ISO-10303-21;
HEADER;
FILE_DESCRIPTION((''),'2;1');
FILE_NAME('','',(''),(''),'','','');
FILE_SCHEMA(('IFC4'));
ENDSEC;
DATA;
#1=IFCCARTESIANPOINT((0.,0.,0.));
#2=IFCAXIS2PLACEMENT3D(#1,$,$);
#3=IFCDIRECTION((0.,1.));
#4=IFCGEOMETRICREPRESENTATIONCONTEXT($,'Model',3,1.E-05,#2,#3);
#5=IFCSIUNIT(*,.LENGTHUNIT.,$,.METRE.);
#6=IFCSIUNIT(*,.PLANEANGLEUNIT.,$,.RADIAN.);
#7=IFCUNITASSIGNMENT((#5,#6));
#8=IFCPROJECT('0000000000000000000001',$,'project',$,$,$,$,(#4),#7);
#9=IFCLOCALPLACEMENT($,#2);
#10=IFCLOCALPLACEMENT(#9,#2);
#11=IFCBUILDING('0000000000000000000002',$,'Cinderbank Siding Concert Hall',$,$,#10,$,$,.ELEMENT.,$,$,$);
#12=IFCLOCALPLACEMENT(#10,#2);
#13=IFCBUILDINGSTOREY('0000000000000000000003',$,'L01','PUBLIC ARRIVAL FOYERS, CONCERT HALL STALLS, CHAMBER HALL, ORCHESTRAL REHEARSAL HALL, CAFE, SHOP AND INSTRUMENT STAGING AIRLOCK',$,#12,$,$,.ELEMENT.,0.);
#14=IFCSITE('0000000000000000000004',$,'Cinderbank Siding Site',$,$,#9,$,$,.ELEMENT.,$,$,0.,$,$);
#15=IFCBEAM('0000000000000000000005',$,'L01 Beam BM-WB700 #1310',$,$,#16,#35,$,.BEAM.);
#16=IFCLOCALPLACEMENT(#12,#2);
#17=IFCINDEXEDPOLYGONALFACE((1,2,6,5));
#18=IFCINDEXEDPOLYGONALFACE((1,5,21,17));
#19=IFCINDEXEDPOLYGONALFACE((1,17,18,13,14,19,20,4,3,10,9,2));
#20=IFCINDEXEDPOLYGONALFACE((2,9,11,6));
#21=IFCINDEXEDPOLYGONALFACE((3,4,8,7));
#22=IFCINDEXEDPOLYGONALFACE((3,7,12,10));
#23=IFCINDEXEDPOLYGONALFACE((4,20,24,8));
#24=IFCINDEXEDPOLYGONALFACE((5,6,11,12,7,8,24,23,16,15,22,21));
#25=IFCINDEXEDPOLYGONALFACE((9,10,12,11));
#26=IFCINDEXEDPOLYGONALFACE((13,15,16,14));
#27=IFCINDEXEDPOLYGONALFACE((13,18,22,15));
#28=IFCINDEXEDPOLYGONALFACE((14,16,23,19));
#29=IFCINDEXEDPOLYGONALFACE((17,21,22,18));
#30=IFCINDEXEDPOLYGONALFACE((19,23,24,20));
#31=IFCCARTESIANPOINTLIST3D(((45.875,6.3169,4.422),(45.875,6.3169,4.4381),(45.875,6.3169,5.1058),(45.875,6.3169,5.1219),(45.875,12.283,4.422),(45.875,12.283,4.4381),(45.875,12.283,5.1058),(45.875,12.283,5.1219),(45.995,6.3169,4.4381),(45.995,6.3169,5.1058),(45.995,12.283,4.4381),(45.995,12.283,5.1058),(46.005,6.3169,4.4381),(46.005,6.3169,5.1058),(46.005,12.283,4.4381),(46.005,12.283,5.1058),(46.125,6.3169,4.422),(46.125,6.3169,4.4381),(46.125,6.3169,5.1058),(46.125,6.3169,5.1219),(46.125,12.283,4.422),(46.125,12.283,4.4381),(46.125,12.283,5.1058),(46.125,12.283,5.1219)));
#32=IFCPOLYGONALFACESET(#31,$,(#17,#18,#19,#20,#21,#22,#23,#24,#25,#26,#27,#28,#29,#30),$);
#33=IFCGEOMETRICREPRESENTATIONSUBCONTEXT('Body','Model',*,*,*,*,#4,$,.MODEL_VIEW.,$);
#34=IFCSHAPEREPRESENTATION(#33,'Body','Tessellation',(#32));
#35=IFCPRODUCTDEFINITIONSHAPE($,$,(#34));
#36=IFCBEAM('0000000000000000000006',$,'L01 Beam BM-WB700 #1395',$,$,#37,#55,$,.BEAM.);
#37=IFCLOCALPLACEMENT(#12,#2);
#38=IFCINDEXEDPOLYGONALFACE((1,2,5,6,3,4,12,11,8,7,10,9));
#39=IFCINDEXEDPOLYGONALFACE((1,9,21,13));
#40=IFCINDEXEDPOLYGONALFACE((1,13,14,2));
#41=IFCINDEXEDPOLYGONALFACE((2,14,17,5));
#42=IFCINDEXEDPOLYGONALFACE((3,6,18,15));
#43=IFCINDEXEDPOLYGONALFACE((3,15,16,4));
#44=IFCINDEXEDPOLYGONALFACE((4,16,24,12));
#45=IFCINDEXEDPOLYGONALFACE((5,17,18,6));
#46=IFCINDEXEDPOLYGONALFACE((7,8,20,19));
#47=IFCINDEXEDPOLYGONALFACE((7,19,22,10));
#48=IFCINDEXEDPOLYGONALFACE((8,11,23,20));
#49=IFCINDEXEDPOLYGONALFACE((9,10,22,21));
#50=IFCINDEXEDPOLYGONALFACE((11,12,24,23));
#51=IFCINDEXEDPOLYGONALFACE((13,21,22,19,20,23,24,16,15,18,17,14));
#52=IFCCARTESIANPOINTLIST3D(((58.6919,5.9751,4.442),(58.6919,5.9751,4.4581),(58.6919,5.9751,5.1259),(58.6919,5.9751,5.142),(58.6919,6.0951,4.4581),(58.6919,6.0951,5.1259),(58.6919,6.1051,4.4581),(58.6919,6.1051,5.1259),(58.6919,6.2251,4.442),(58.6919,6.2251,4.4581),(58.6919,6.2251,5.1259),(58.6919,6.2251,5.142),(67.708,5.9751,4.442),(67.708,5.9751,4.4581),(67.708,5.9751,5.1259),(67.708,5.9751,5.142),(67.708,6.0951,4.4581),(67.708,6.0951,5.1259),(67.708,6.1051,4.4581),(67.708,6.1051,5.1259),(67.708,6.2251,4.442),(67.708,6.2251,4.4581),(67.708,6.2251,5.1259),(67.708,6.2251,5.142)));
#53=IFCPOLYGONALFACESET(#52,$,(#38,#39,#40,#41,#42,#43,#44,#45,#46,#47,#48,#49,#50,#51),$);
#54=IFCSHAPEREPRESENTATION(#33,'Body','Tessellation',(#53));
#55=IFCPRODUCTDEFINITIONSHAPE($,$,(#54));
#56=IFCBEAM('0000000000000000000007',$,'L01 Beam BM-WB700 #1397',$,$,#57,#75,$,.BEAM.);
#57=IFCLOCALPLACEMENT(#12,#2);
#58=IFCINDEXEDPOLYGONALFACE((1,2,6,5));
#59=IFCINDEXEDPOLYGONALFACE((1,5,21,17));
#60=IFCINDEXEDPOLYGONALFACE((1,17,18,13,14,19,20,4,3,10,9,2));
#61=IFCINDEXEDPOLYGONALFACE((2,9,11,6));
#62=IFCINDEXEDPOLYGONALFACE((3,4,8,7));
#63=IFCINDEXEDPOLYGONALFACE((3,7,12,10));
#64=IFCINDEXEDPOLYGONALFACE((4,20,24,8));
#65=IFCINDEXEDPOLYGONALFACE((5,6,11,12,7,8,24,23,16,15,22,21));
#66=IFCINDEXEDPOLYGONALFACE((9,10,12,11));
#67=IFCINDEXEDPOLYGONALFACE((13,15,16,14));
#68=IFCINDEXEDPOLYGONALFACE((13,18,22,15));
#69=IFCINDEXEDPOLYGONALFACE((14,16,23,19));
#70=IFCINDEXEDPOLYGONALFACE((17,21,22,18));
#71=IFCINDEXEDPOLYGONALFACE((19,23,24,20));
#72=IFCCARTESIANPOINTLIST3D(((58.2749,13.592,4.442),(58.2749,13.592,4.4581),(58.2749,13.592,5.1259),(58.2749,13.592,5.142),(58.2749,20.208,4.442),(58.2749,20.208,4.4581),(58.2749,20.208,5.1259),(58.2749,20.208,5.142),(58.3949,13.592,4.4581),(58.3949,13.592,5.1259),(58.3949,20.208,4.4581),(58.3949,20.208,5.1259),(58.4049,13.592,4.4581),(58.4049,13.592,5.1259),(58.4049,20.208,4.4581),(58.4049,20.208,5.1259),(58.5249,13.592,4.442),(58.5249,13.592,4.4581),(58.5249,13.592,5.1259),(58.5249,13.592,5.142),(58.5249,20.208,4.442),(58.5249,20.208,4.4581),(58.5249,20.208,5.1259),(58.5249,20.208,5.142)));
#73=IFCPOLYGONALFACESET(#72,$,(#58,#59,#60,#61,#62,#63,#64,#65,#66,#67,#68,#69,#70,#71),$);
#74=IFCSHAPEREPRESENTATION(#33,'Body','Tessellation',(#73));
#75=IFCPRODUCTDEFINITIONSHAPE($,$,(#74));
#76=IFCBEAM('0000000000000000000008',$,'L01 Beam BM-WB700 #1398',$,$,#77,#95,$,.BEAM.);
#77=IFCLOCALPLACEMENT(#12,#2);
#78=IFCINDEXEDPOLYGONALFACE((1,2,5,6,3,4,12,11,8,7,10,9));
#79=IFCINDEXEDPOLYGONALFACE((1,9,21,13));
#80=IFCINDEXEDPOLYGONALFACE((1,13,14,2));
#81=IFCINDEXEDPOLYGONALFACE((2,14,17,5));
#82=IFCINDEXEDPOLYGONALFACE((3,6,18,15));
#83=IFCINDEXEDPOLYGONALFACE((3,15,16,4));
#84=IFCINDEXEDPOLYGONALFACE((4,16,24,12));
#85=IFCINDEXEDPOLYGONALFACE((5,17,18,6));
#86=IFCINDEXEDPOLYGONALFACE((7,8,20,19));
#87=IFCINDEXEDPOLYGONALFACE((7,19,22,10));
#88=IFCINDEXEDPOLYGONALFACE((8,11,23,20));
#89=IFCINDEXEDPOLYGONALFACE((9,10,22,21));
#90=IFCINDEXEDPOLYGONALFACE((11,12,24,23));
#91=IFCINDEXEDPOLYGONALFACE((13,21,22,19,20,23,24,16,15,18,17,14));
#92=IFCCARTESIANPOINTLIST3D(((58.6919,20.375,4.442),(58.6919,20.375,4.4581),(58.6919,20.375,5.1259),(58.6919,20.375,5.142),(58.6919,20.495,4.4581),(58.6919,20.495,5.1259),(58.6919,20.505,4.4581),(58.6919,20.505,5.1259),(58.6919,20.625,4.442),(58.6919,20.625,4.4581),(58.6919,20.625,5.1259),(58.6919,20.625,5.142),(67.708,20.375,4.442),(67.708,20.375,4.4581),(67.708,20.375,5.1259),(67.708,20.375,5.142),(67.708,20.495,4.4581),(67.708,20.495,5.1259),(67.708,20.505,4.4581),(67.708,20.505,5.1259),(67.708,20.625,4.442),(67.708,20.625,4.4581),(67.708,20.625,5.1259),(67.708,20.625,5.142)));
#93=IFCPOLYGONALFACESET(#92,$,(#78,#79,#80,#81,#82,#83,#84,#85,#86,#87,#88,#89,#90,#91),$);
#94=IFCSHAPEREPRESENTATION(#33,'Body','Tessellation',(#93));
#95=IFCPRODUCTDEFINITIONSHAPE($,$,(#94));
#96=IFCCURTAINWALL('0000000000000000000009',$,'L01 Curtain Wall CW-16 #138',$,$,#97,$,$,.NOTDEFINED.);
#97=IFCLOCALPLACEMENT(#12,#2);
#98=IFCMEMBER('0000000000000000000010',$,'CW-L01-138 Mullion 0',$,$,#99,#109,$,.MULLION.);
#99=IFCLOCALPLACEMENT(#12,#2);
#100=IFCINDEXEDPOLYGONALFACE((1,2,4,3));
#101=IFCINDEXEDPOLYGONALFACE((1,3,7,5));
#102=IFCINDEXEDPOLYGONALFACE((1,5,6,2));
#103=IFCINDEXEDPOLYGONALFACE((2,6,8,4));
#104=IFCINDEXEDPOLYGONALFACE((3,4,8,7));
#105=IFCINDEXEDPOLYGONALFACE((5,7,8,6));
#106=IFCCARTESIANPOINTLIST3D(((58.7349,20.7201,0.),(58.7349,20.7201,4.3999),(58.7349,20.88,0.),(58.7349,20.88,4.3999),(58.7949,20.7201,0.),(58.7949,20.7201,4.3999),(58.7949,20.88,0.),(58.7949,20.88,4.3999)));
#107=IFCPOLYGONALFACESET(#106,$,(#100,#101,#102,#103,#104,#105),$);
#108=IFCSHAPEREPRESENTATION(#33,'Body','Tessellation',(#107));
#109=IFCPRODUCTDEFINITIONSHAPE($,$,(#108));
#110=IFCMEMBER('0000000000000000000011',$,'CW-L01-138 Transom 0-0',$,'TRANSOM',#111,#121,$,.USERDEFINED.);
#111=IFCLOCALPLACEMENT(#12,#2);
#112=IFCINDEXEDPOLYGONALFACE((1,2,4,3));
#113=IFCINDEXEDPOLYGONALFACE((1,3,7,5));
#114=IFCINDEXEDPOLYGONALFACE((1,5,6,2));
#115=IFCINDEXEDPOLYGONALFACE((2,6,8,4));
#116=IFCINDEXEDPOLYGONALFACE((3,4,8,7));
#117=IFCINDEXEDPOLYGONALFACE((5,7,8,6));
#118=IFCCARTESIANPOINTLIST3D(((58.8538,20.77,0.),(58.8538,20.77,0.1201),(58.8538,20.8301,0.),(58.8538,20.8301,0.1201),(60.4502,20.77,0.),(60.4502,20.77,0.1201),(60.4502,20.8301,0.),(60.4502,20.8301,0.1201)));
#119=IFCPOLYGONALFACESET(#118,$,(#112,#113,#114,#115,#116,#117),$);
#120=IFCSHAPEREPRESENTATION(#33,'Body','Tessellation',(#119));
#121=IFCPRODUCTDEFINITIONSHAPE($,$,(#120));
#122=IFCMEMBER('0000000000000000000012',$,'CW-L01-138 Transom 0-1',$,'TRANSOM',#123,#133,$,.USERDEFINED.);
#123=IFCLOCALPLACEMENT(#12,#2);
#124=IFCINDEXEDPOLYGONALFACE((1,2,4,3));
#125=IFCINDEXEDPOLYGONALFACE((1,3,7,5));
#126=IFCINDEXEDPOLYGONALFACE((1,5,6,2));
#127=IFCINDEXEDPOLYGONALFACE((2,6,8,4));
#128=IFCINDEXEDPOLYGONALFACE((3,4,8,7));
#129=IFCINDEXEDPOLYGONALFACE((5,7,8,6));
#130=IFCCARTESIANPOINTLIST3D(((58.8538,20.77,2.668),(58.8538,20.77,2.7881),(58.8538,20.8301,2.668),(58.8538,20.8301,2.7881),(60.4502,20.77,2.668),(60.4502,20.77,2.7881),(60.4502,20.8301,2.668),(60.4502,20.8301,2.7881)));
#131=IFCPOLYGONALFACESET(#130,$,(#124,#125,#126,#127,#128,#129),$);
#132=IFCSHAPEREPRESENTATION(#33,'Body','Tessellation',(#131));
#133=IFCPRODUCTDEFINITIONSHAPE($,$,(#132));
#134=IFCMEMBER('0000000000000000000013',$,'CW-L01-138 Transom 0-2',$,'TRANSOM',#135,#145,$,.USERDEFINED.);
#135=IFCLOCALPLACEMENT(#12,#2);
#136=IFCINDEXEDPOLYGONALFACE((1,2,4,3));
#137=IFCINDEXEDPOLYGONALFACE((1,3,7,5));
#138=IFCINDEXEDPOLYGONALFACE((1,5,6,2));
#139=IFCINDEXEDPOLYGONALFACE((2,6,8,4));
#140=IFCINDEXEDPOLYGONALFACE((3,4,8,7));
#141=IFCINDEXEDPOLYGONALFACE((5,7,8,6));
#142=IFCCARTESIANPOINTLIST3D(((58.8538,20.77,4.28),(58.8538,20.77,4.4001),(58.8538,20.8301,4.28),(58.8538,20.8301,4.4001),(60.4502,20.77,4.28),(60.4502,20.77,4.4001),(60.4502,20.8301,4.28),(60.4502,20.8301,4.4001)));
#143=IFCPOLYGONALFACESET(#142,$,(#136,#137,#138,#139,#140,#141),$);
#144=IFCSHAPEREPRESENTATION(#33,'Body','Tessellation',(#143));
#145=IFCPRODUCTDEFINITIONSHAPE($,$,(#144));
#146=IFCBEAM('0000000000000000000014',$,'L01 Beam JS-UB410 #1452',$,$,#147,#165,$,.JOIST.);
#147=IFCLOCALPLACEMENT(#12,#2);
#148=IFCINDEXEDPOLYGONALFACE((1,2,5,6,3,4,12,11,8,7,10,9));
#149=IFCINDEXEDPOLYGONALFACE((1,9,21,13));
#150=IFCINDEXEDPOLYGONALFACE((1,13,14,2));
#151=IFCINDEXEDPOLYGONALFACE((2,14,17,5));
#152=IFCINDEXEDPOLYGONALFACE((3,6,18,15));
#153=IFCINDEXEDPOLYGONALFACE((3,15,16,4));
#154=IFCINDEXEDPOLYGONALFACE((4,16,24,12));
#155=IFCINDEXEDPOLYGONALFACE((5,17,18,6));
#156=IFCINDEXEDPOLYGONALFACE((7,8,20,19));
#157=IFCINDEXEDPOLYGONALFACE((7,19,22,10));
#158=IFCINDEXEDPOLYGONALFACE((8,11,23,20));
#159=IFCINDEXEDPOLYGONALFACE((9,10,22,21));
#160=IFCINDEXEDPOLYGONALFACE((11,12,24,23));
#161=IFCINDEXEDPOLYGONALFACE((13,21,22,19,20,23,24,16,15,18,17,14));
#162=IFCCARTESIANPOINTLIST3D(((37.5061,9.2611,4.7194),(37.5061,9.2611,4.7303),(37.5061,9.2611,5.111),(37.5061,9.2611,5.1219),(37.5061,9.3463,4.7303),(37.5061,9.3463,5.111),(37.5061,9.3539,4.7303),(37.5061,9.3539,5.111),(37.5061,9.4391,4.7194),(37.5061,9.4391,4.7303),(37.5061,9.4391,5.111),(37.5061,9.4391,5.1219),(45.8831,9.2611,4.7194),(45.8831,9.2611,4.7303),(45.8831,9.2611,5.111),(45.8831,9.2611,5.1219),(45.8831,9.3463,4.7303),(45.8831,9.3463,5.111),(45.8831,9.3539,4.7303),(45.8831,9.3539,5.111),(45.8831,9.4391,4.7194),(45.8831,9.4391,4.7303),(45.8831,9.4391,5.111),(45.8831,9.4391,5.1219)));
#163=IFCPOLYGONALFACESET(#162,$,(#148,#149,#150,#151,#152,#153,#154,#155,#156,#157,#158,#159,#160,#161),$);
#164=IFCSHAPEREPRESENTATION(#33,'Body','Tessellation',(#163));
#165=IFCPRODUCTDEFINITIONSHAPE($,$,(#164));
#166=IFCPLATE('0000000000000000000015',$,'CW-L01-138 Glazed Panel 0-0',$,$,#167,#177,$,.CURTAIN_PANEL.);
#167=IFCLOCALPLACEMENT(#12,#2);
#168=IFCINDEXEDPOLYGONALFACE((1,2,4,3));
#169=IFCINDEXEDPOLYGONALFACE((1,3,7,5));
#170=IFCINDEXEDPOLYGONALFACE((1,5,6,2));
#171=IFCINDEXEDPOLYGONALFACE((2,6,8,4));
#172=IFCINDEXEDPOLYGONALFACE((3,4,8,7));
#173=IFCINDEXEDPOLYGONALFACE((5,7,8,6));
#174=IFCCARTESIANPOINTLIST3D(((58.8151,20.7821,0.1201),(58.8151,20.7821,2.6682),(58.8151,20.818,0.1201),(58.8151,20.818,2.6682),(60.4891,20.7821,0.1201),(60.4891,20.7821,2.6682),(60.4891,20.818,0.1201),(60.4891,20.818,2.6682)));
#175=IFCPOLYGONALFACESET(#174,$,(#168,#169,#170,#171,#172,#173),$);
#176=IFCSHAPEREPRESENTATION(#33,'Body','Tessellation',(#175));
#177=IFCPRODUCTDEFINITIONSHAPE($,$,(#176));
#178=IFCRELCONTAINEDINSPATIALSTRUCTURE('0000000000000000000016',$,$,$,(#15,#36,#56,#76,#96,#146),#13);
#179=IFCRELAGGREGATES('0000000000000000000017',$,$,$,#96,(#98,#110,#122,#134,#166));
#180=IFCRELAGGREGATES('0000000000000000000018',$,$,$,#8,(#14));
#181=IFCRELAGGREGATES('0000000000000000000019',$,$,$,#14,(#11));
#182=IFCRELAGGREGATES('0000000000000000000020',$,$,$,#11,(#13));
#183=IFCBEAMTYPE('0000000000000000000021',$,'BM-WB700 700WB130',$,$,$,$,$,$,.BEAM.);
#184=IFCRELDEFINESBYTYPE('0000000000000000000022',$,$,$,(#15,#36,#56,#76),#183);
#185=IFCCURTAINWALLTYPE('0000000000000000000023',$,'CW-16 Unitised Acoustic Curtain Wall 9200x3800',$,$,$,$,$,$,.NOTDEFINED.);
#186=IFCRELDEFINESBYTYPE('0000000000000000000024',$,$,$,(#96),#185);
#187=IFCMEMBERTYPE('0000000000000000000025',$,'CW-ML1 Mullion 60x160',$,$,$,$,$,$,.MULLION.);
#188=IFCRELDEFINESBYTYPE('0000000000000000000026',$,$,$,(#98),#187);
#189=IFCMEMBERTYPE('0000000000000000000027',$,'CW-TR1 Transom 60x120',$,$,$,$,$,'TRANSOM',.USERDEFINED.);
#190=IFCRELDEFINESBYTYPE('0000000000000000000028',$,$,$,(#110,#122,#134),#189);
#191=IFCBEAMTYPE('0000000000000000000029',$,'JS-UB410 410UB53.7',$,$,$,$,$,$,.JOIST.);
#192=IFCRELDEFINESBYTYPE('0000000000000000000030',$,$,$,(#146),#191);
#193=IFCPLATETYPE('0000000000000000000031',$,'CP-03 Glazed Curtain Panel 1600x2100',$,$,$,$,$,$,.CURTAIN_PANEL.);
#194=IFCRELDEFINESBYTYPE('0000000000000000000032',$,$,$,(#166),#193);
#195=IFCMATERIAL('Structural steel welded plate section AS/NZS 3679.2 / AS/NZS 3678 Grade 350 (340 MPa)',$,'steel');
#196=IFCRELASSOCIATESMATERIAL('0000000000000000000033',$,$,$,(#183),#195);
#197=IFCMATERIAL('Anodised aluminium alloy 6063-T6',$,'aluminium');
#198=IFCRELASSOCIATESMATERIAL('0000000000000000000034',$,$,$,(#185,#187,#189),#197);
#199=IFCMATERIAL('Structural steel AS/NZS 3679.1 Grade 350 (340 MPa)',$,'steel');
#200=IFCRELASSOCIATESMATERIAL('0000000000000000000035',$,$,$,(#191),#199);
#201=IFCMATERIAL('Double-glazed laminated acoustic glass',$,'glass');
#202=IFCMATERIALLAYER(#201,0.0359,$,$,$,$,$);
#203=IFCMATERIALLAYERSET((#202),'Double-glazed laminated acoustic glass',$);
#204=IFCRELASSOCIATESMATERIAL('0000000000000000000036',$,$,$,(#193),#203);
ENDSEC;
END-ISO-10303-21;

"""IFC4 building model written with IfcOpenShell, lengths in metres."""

from ifc_helpers import new_model, si_unit, direction, frame, origin, origin_2d, place, context, subcontext, project, spatial, rectangle, i_section, extrude, material, layer, layer_set, material_profile, profile_set, type_object, element, aggregate, save


model = new_model("IFC4")

# Units and contexts
model_context = context("Model", 3, precision=1e-05, world=origin(), true_north=direction((0.0, 1.0)))
body_context = subcontext(model_context, "Body", "Model", "MODEL_VIEW")
ifc_project = project(units=[si_unit("LENGTHUNIT", "METRE"), si_unit("PLANEANGLEUNIT", "RADIAN")], contexts=[model_context])

# Site, building, storey
site_placement = place(None, origin())
site = spatial("IfcSite", under=ifc_project, at=site_placement, Name="Cinderbank Siding Site", CompositionType="ELEMENT", RefElevation=0.0)
building_placement = place(site_placement, origin())
building = spatial("IfcBuilding", under=site, at=building_placement, Name="Cinderbank Siding Concert Hall", CompositionType="ELEMENT")
storey_placement = place(building_placement, origin())
storey = spatial("IfcBuildingStorey", under=building, at=storey_placement, Name="L01", Description="PUBLIC ARRIVAL FOYERS, CONCERT HALL STALLS, CHAMBER HALL, ORCHESTRAL REHEARSAL HALL, CAFE, SHOP AND INSTRUMENT STAGING AIRLOCK", CompositionType="ELEMENT", Elevation=0.0)

# Beams
ifc_material_1 = material(Name="Structural steel AS/NZS 3679.1 Grade 350 (340 MPa)", Category="steel")
ifc_material_2 = material(Name="Structural steel welded plate section AS/NZS 3679.2 / AS/NZS 3678 Grade 350 (340 MPa)", Category="steel")
ifc_material_profile_1 = material_profile(ifc_material_2, i_section(OverallWidth=0.25, OverallDepth=0.7, WebThickness=0.01, FlangeThickness=0.0161, at=origin_2d()), Name="700WB130", Category="LoadBearing")
ifc_profile_set_1 = profile_set([ifc_material_profile_1], Name="Structural steel welded plate section AS/NZS 3679.2 / AS/NZS 3678 Grade 350 (340 MPa)")
beam_type_1 = type_object("IfcBeamType", Name="BM-WB700 700WB130", PredefinedType="BEAM", material=ifc_profile_set_1)
beam_1_placement = place(storey_placement, frame((46.0, 6.3169, 4.772), z_axis=(0.0, 1.0, 0.0), x_axis=(-1.0, 0.0, 0.0)))
element("IfcBeam", 1, at=beam_1_placement, inside=storey, type_object=beam_type_1, Name="L01 Beam BM-WB700 #1310", PredefinedType="BEAM", context=body_context, shape_type="SweptSolid", body=[
    extrude(i_section(OverallWidth=0.25, OverallDepth=0.7, WebThickness=0.01, FlangeThickness=0.0161, at=origin_2d()), origin(), (0.0, 0.0, 1.0), 5.9661),
])
beam_2_placement = place(storey_placement, frame((58.6919, 6.1001, 4.792), z_axis=(1.0, 0.0, 0.0), x_axis=(0.0, 1.0, 0.0)))
element("IfcBeam", 2, at=beam_2_placement, inside=storey, type_object=beam_type_1, Name="L01 Beam BM-WB700 #1395", PredefinedType="BEAM", context=body_context, shape_type="SweptSolid", body=[
    extrude(i_section(OverallWidth=0.25, OverallDepth=0.7, WebThickness=0.01, FlangeThickness=0.0161, at=origin_2d()), origin(), (0.0, 0.0, 1.0), 9.0161),
])
beam_3_placement = place(storey_placement, frame((58.3999, 13.592, 4.792), z_axis=(0.0, 1.0, 0.0), x_axis=(-1.0, 0.0, 0.0)))
element("IfcBeam", 3, at=beam_3_placement, inside=storey, type_object=beam_type_1, Name="L01 Beam BM-WB700 #1397", PredefinedType="BEAM", context=body_context, shape_type="SweptSolid", body=[
    extrude(i_section(OverallWidth=0.25, OverallDepth=0.7, WebThickness=0.01, FlangeThickness=0.0161, at=origin_2d()), origin(), (0.0, 0.0, 1.0), 6.616),
])
beam_4_placement = place(storey_placement, frame((58.6919, 20.5, 4.792), z_axis=(1.0, 0.0, 0.0), x_axis=(0.0, 1.0, 0.0)))
element("IfcBeam", 4, at=beam_4_placement, inside=storey, type_object=beam_type_1, Name="L01 Beam BM-WB700 #1398", PredefinedType="BEAM", context=body_context, shape_type="SweptSolid", body=[
    extrude(i_section(OverallWidth=0.25, OverallDepth=0.7, WebThickness=0.01, FlangeThickness=0.0161, at=origin_2d()), origin(), (0.0, 0.0, 1.0), 9.0161),
])

# Curtain wall, members
ifc_material_3 = material(Name="Anodised aluminium alloy 6063-T6", Category="aluminium")
curtain_wall_type = type_object("IfcCurtainWallType", Name="CW-16 Unitised Acoustic Curtain Wall 9200x3800", PredefinedType="NOTDEFINED", material=ifc_material_3)
curtain_wall_placement = place(storey_placement, origin())
curtain_wall = element("IfcCurtainWall", 5, at=curtain_wall_placement, inside=storey, type_object=curtain_wall_type, Name="L01 Curtain Wall CW-16 #138", PredefinedType="NOTDEFINED")
ifc_material_profile_2 = material_profile(ifc_material_3, rectangle(XDim=0.0601, YDim=0.1599, at=origin_2d()), Name="ALU-MULL-60x160", Category="LoadBearing")
ifc_profile_set_2 = profile_set([ifc_material_profile_2], Name="Anodised aluminium alloy 6063-T6")
member_type_1 = type_object("IfcMemberType", Name="CW-ML1 Mullion 60x160", PredefinedType="MULLION", material=ifc_profile_set_2)
member_1_placement = place(storey_placement, frame((58.7649, 20.8, 0.0), z_axis=(0.0, 0.0, 1.0), x_axis=(1.0, 0.0, 0.0)))
member_1 = element("IfcMember", 6, at=member_1_placement, type_object=member_type_1, Name="CW-L01-138 Mullion 0", PredefinedType="MULLION", context=body_context, shape_type="SweptSolid", body=[
    extrude(rectangle(XDim=0.0601, YDim=0.1599, at=origin_2d()), origin(), (0.0, 0.0, 1.0), 4.3999),
])
ifc_material_profile_3 = material_profile(ifc_material_3, rectangle(XDim=0.0601, YDim=0.1201, at=origin_2d()), Name="ALU-TRAN-60x120", Category="LoadBearing")
ifc_profile_set_3 = profile_set([ifc_material_profile_3], Name="Anodised aluminium alloy 6063-T6")
member_type_2 = type_object("IfcMemberType", Name="CW-TR1 Transom 60x120", ElementType="TRANSOM", PredefinedType="USERDEFINED", material=ifc_profile_set_3)
member_2_placement = place(storey_placement, frame((58.8538, 20.8, 0.0601), z_axis=(1.0, 0.0, 0.0), x_axis=(0.0, 1.0, 0.0)))
member_2 = element("IfcMember", 7, at=member_2_placement, type_object=member_type_2, Name="CW-L01-138 Transom 0-0", ObjectType="TRANSOM", PredefinedType="USERDEFINED", context=body_context, shape_type="SweptSolid", body=[
    extrude(rectangle(XDim=0.0601, YDim=0.1201, at=origin_2d()), origin(), (0.0, 0.0, 1.0), 1.5964),
])
member_3_placement = place(storey_placement, frame((58.8538, 20.8, 2.728), z_axis=(1.0, 0.0, 0.0), x_axis=(0.0, 1.0, 0.0)))
member_3 = element("IfcMember", 8, at=member_3_placement, type_object=member_type_2, Name="CW-L01-138 Transom 0-1", ObjectType="TRANSOM", PredefinedType="USERDEFINED", context=body_context, shape_type="SweptSolid", body=[
    extrude(rectangle(XDim=0.0601, YDim=0.1201, at=origin_2d()), origin(), (0.0, 0.0, 1.0), 1.5964),
])
member_4_placement = place(storey_placement, frame((58.8538, 20.8, 4.3401), z_axis=(1.0, 0.0, 0.0), x_axis=(0.0, 1.0, 0.0)))
member_4 = element("IfcMember", 9, at=member_4_placement, type_object=member_type_2, Name="CW-L01-138 Transom 0-2", ObjectType="TRANSOM", PredefinedType="USERDEFINED", context=body_context, shape_type="SweptSolid", body=[
    extrude(rectangle(XDim=0.0601, YDim=0.1201, at=origin_2d()), origin(), (0.0, 0.0, 1.0), 1.5964),
])

# Beam
ifc_material_profile_4 = material_profile(ifc_material_1, i_section(OverallWidth=0.178, OverallDepth=0.4026, WebThickness=0.0076, FlangeThickness=0.011, at=origin_2d()), Name="410UB53.7", Category="LoadBearing")
ifc_profile_set_4 = profile_set([ifc_material_profile_4], Name="Structural steel AS/NZS 3679.1 Grade 350 (340 MPa)")
beam_type_2 = type_object("IfcBeamType", Name="JS-UB410 410UB53.7", PredefinedType="JOIST", material=ifc_profile_set_4)
beam_5_placement = place(storey_placement, frame((37.5061, 9.3501, 4.9207), z_axis=(1.0, 0.0, 0.0), x_axis=(0.0, 1.0, 0.0)))
element("IfcBeam", 10, at=beam_5_placement, inside=storey, type_object=beam_type_2, Name="L01 Beam JS-UB410 #1452", PredefinedType="JOIST", context=body_context, shape_type="SweptSolid", body=[
    extrude(i_section(OverallWidth=0.178, OverallDepth=0.4026, WebThickness=0.0076, FlangeThickness=0.011, at=origin_2d()), origin(), (0.0, 0.0, 1.0), 8.377),
])

# Plate
ifc_material_4 = material(Name="Double-glazed laminated acoustic glass", Category="glass")
ifc_layer_1 = layer(ifc_material_4, 0.0359)
ifc_layer_set_1 = layer_set([ifc_layer_1], Name="Double-glazed laminated acoustic glass")
plate_type = type_object("IfcPlateType", Name="CP-03 Glazed Curtain Panel 1600x2100", PredefinedType="CURTAIN_PANEL", material=ifc_layer_set_1)
plate_placement = place(storey_placement, frame((59.6521, 20.8, 0.1201), z_axis=(0.0, 0.0, 1.0), x_axis=(1.0, 0.0, 0.0)))
plate = element("IfcPlate", 11, at=plate_placement, type_object=plate_type, Name="CW-L01-138 Glazed Panel 0-0", PredefinedType="CURTAIN_PANEL", context=body_context, shape_type="SweptSolid", body=[
    extrude(rectangle(XDim=1.6741, YDim=0.0359, at=origin_2d()), origin(), (0.0, 0.0, 1.0), 2.5481),
])
aggregate(curtain_wall, [member_1, member_2, member_3, member_4, plate])

save(model, "model.ifc")
